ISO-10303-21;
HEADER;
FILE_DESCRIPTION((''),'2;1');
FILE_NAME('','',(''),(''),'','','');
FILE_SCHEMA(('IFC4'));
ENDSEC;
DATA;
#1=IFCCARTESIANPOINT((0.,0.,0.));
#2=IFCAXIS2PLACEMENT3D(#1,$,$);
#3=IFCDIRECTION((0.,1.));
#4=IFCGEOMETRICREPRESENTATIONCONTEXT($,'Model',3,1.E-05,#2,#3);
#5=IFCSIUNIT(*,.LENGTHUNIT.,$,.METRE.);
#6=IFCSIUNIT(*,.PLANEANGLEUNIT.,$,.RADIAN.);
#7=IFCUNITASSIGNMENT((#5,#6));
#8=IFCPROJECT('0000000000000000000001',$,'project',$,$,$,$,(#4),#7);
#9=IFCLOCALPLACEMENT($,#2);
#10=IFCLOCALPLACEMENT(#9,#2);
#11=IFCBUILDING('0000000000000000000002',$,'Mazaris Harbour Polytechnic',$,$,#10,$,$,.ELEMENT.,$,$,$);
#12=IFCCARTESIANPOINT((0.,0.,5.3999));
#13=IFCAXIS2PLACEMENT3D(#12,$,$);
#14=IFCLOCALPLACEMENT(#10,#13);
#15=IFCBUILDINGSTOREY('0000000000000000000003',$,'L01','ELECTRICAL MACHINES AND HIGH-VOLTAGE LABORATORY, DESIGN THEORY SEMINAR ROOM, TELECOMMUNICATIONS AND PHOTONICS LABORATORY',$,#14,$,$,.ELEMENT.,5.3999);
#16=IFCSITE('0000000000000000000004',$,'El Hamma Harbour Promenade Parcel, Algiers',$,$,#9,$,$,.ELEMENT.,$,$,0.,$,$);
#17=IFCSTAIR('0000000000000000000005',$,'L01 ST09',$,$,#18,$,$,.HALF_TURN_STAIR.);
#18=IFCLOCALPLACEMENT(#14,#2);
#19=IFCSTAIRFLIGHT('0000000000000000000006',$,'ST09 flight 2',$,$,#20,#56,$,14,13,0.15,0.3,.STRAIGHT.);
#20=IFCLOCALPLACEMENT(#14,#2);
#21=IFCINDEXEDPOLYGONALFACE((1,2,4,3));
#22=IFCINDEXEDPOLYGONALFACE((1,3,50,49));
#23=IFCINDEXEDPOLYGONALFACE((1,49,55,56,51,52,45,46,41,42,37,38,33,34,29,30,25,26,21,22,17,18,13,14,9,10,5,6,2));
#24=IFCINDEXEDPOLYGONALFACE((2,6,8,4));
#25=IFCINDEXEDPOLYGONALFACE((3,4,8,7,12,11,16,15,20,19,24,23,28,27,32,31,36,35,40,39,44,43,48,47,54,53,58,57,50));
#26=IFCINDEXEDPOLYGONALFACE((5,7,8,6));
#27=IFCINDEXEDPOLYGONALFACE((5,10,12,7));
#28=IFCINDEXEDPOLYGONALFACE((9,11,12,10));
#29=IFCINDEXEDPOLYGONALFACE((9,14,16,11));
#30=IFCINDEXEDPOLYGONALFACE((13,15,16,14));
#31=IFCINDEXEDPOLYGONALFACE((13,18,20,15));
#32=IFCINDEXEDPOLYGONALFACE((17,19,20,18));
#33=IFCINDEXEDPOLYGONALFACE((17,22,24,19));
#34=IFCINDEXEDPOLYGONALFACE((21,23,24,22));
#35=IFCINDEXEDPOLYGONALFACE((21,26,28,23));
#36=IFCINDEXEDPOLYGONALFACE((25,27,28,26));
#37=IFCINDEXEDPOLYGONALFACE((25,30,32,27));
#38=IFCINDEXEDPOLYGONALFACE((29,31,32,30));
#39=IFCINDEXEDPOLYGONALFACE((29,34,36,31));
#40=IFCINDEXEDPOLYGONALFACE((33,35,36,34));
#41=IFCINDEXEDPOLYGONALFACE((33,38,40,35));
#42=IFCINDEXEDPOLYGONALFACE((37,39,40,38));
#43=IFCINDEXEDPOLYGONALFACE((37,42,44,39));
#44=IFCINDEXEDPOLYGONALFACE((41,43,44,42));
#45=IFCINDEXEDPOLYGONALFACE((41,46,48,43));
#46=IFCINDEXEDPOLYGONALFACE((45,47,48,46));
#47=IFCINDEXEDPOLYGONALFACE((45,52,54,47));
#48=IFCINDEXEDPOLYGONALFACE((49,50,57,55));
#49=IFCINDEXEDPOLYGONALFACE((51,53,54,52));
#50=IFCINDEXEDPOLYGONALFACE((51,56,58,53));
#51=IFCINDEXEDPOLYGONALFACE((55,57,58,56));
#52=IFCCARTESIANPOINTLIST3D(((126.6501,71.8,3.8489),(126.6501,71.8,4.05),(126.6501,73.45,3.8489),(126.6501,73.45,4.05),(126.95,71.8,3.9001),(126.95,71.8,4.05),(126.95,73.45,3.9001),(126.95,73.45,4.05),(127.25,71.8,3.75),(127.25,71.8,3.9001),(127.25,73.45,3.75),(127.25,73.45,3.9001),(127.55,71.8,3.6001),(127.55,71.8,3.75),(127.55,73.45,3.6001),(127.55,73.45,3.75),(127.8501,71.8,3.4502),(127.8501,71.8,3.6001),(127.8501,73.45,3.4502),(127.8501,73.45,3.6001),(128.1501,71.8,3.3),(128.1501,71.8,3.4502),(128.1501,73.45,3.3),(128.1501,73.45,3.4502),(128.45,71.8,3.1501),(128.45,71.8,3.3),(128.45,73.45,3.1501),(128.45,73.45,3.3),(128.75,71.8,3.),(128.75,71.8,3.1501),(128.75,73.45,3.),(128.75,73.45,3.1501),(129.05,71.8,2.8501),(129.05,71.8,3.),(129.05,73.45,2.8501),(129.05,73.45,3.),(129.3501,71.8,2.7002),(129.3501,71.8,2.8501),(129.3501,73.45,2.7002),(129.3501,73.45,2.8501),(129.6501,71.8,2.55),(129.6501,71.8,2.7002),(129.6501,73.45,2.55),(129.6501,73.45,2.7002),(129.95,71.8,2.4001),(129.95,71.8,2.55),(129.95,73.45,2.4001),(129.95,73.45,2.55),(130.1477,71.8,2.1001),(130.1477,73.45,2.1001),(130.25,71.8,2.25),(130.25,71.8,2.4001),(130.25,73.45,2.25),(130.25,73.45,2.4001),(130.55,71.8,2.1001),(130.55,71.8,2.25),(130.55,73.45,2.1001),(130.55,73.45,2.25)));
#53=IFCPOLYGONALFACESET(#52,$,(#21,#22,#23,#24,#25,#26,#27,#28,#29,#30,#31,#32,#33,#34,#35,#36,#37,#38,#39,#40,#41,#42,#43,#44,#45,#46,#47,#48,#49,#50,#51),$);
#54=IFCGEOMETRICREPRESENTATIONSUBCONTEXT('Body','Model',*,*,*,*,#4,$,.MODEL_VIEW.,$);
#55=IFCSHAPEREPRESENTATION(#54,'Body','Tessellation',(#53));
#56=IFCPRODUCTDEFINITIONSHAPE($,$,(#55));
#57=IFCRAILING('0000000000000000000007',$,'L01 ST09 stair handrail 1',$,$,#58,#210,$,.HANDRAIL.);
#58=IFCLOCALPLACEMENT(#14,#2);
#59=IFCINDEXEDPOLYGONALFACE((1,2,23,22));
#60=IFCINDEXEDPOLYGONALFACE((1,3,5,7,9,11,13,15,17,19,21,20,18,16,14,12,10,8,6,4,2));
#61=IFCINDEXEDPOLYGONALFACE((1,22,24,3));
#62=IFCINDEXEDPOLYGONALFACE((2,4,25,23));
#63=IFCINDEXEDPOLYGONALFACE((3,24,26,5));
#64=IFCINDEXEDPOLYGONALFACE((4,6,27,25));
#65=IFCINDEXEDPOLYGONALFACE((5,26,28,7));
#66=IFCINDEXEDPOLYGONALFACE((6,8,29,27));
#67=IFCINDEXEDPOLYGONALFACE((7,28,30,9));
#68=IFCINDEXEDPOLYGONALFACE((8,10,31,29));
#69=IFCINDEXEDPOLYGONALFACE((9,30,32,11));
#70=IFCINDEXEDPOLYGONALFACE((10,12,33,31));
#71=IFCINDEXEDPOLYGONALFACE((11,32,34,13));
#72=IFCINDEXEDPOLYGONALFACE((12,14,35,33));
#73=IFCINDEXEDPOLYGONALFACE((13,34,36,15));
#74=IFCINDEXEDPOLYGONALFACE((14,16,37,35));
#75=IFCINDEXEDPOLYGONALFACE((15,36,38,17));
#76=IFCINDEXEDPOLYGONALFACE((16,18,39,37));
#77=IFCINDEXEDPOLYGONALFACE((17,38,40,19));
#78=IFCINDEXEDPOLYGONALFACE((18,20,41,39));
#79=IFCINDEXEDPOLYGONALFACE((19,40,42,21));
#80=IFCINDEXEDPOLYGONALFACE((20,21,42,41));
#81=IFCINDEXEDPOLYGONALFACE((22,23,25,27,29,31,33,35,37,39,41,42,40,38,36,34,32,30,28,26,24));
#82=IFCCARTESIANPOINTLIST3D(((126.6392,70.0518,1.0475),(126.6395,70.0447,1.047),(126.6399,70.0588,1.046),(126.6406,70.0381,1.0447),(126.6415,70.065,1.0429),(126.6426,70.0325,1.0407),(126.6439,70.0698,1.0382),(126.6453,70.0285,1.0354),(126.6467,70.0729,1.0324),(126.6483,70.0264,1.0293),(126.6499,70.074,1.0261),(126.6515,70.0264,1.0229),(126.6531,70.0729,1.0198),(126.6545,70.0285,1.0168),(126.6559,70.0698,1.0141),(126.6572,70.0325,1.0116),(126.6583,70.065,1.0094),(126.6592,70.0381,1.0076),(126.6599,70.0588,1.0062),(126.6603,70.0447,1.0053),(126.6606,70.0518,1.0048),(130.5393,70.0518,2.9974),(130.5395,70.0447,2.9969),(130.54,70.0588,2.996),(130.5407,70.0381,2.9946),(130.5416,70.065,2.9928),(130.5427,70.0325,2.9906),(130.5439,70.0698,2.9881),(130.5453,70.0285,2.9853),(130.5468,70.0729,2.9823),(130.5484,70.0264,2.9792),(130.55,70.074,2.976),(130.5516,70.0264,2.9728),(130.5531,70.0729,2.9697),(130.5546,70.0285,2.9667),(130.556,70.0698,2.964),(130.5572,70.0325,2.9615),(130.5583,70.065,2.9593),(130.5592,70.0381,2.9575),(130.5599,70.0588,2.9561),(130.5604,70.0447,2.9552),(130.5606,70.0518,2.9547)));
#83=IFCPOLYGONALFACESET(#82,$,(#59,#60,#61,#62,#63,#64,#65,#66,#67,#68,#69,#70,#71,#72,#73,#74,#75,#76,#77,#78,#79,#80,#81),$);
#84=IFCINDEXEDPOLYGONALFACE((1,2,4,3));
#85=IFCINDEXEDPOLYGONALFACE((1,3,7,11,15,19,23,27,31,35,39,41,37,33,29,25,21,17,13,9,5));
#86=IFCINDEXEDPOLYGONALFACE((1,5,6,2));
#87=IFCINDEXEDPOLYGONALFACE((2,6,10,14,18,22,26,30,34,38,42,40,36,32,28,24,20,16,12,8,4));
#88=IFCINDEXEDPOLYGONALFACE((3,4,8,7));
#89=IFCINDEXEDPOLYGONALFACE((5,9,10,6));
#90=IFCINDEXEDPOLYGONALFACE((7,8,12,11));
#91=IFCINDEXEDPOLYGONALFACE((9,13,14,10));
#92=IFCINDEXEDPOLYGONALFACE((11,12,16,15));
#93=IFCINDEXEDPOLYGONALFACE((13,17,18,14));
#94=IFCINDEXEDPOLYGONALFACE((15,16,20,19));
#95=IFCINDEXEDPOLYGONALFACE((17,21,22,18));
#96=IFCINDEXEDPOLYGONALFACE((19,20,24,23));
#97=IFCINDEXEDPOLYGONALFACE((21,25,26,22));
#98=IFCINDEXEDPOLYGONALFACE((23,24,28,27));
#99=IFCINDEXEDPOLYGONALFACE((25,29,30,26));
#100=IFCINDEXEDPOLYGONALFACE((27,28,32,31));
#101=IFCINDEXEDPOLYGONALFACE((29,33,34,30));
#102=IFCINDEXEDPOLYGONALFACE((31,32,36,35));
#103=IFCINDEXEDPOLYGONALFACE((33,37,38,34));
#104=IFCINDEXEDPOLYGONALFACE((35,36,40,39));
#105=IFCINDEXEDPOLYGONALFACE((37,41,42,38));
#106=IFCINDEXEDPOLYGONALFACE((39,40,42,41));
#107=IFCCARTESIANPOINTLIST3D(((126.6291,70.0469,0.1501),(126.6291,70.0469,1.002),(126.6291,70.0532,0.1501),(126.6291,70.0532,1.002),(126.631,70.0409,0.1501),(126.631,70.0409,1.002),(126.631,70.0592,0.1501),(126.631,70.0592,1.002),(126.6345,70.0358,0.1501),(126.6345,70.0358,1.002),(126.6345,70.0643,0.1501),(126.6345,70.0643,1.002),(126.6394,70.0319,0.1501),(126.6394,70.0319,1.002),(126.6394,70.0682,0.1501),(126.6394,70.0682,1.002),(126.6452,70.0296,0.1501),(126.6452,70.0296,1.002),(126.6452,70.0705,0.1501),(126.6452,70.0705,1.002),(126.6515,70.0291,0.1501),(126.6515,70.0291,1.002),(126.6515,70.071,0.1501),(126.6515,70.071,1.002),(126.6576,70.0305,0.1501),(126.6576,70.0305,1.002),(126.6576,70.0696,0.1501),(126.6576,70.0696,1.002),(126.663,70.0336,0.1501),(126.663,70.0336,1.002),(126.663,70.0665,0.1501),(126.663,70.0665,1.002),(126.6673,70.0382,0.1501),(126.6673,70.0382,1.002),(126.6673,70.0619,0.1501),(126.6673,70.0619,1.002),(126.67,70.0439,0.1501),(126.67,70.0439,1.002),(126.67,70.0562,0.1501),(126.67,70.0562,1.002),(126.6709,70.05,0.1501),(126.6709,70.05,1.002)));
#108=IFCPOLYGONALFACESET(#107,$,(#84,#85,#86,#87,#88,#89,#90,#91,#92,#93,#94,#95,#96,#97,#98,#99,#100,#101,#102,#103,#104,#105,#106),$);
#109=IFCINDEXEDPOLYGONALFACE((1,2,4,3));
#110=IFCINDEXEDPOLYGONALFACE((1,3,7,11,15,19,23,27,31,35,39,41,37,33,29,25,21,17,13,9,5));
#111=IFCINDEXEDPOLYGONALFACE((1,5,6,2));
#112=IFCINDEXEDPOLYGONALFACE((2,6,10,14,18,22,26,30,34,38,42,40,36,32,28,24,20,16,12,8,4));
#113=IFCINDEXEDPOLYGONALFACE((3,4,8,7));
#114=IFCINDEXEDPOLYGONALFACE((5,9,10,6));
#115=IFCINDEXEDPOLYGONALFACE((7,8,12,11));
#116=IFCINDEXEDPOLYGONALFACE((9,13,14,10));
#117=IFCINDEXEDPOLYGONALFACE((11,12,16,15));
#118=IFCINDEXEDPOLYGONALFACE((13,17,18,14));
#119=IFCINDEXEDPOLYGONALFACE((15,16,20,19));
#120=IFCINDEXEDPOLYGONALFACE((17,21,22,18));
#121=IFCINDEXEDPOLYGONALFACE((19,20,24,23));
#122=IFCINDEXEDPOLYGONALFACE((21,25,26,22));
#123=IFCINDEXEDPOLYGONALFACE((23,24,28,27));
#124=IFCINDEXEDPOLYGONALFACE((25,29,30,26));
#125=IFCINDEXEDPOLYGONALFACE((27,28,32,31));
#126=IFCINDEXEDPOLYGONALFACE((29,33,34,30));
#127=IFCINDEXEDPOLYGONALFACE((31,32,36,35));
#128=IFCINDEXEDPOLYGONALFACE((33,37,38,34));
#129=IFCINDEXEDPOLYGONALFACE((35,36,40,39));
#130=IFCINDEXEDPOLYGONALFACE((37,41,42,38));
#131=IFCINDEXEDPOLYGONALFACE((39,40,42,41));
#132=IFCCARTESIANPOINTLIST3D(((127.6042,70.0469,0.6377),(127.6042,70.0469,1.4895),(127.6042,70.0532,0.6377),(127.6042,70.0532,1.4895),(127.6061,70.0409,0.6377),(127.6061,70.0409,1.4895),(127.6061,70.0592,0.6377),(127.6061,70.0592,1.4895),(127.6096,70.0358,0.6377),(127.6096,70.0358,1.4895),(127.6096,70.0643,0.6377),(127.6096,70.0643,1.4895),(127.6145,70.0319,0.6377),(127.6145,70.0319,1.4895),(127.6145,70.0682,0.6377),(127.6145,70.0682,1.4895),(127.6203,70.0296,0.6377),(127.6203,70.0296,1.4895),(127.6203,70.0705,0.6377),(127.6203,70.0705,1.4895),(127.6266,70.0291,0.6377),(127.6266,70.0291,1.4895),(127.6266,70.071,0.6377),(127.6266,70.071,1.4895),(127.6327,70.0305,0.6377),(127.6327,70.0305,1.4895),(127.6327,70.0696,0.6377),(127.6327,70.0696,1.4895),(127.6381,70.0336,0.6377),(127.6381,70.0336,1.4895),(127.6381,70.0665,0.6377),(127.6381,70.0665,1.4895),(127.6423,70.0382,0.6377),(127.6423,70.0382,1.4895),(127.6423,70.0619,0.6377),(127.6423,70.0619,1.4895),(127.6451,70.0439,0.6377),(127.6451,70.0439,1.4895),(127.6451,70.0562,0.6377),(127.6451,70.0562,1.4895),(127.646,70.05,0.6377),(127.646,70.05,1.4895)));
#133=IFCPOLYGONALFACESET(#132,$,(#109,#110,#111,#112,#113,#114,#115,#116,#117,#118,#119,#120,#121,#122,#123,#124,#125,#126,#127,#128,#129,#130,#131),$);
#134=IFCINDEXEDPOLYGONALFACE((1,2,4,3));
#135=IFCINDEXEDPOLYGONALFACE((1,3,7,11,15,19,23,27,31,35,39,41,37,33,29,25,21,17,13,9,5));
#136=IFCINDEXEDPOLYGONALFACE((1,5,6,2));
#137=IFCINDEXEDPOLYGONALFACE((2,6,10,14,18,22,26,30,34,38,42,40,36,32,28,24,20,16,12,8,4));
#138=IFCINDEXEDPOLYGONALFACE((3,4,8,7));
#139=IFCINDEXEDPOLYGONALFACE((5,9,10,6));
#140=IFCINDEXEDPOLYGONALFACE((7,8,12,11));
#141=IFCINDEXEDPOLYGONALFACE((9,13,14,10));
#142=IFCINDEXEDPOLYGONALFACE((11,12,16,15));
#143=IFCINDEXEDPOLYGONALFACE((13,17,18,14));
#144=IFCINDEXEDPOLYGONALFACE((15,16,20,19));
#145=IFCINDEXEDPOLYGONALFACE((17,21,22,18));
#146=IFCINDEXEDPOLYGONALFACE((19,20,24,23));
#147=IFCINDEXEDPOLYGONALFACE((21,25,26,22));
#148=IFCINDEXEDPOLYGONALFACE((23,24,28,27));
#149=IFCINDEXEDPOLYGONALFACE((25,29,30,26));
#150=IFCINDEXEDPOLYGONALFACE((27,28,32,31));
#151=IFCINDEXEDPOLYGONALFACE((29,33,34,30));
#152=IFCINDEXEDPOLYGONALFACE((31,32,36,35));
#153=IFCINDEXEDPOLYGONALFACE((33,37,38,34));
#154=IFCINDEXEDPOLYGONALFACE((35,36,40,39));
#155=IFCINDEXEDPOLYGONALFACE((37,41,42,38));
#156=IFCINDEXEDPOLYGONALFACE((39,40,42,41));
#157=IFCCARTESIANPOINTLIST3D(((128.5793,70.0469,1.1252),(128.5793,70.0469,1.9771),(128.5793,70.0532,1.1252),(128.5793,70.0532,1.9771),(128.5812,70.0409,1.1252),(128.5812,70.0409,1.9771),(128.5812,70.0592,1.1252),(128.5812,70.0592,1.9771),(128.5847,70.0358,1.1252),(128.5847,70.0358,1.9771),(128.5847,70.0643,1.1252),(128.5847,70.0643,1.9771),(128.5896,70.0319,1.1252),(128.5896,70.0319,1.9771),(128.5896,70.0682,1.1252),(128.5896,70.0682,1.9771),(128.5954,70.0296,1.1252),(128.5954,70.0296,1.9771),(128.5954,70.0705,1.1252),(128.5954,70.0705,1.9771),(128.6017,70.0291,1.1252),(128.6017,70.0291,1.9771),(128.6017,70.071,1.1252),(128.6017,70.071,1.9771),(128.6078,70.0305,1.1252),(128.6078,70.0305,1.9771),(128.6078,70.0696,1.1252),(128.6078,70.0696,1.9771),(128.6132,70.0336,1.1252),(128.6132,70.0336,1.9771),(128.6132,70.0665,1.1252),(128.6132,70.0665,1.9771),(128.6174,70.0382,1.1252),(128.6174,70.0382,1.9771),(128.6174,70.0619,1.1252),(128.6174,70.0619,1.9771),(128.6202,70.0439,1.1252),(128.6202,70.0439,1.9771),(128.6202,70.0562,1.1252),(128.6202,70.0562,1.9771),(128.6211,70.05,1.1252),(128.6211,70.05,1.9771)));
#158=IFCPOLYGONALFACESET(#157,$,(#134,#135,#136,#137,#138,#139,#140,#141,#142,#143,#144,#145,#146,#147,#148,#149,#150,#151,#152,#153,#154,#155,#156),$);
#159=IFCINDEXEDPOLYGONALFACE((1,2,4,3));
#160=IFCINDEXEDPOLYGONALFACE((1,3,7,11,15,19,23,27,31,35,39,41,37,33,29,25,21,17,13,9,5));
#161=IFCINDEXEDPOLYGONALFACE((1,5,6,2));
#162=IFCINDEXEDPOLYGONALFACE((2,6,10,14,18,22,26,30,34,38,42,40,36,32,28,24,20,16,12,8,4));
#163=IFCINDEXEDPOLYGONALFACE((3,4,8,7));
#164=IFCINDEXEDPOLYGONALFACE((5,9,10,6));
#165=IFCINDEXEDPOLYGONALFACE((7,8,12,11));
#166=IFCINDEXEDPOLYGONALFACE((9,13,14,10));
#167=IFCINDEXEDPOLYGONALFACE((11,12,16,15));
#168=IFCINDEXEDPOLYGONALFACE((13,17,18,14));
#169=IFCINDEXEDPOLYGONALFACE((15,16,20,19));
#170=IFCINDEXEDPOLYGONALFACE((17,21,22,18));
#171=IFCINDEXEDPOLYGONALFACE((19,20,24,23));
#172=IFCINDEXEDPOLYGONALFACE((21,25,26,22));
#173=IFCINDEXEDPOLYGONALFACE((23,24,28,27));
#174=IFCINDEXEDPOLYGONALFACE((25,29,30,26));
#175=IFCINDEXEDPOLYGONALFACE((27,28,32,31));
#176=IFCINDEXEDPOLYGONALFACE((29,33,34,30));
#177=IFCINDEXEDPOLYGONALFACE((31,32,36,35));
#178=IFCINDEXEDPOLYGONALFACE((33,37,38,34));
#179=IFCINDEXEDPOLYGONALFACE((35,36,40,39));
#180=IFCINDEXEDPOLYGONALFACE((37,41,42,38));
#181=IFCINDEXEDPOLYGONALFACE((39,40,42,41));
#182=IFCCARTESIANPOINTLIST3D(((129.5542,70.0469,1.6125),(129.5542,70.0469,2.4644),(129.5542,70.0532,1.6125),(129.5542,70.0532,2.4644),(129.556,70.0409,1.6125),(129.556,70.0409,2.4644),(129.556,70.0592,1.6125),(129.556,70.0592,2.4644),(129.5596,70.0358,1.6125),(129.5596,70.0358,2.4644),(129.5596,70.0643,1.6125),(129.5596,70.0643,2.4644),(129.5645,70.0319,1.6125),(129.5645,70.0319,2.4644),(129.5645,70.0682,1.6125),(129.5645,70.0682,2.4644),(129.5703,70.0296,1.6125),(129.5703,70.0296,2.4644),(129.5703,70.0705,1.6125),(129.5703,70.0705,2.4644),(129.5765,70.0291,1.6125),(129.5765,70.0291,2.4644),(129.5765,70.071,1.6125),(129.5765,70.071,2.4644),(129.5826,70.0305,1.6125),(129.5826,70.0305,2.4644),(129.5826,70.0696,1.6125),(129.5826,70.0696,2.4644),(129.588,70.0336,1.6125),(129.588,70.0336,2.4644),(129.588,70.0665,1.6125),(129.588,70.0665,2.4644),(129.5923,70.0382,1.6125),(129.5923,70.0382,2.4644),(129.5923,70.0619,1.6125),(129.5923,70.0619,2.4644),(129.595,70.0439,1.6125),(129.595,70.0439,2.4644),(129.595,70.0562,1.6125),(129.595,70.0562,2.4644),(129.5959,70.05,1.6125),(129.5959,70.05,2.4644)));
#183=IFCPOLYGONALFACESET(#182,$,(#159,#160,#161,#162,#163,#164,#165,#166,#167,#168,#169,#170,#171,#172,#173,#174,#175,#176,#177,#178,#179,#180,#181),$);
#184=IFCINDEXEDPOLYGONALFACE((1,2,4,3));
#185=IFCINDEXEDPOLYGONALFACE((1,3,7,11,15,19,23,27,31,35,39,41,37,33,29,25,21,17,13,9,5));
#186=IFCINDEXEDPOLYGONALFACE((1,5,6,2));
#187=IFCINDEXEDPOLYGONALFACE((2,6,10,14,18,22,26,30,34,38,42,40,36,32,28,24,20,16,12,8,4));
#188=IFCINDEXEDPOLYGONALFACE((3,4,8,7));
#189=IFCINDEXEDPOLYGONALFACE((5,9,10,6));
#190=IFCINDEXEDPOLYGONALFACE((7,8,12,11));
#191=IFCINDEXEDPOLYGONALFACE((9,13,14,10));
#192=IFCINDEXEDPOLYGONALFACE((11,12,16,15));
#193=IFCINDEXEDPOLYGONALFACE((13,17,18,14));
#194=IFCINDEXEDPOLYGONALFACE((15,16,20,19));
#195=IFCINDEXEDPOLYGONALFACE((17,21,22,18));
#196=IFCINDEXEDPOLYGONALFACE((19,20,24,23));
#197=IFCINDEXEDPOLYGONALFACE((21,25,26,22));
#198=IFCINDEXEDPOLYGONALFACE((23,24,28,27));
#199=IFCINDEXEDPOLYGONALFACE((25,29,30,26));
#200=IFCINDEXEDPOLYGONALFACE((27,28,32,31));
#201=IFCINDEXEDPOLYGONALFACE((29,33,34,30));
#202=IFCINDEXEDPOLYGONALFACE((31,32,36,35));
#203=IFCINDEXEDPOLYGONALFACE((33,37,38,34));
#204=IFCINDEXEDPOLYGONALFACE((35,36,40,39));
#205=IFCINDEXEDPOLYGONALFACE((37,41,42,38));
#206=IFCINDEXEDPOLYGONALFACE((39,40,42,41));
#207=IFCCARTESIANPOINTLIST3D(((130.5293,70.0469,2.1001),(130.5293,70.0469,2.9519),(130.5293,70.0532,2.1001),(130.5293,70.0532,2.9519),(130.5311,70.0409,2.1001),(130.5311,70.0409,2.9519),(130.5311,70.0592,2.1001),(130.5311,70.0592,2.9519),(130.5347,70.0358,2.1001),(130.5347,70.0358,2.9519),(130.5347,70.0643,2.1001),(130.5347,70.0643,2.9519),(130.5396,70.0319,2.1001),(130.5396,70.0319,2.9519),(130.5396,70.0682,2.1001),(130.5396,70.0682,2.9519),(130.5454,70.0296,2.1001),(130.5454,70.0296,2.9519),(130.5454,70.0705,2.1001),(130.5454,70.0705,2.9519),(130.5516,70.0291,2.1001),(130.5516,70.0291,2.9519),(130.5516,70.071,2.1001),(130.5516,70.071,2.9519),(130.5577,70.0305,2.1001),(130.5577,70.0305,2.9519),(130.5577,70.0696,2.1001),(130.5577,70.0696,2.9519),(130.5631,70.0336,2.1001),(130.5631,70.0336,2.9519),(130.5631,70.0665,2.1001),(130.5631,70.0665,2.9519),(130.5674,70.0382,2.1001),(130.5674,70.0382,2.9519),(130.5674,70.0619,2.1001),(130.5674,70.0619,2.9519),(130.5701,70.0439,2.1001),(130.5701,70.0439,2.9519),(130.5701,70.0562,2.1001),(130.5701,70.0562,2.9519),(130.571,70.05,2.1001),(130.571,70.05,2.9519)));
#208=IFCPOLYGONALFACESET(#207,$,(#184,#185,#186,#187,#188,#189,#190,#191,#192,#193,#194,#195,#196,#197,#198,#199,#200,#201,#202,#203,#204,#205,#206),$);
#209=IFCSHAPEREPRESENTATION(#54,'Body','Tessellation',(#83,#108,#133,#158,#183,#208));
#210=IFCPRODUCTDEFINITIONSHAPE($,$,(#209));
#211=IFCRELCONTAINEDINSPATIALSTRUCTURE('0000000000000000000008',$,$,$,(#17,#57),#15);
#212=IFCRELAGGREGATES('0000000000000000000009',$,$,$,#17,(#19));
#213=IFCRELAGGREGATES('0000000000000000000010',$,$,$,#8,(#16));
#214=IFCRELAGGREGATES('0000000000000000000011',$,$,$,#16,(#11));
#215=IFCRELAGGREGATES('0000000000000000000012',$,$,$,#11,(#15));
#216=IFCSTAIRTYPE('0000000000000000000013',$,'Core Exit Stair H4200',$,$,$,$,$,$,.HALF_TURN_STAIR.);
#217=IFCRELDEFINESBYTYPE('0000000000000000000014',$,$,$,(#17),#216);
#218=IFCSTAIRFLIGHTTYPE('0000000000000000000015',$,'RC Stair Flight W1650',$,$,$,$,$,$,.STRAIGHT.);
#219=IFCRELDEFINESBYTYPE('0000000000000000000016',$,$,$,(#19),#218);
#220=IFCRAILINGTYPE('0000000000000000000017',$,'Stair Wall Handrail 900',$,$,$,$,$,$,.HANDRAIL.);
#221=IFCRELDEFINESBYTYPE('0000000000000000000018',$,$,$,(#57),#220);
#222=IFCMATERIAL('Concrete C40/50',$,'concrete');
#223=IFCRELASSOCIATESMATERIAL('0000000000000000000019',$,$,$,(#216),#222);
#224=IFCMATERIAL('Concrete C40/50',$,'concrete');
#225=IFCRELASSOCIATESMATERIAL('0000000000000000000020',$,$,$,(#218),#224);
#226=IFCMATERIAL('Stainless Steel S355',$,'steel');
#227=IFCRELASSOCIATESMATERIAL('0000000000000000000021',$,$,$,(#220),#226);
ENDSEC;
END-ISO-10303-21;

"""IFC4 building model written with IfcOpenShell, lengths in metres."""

from ifc_helpers import new_model, si_unit, direction, frame, origin, origin_2d, place, context, subcontext, project, spatial, polyline, circle, outline, extrude, material, type_object, element, aggregate, save


model = new_model("IFC4")

# Units and contexts
model_context = context("Model", 3, precision=1e-05, world=origin(), true_north=direction((0.0, 1.0)))
body_context = subcontext(model_context, "Body", "Model", "MODEL_VIEW")
ifc_project = project(units=[si_unit("LENGTHUNIT", "METRE"), si_unit("PLANEANGLEUNIT", "RADIAN")], contexts=[model_context])

# Site, building, storey
site_placement = place(None, origin())
site = spatial("IfcSite", under=ifc_project, at=site_placement, Name="El Hamma Harbour Promenade Parcel, Algiers", CompositionType="ELEMENT", RefElevation=0.0)
building_placement = place(site_placement, origin())
building = spatial("IfcBuilding", under=site, at=building_placement, Name="Mazaris Harbour Polytechnic", CompositionType="ELEMENT")
storey_placement = place(building_placement, frame((0.0, 0.0, 5.3999)))
storey = spatial("IfcBuildingStorey", under=building, at=storey_placement, Name="L01", Description="ELECTRICAL MACHINES AND HIGH-VOLTAGE LABORATORY, DESIGN THEORY SEMINAR ROOM, TELECOMMUNICATIONS AND PHOTONICS LABORATORY", CompositionType="ELEMENT", Elevation=5.3999)

# Stair, stair flight
ifc_material_1 = material(Name="Concrete C40/50", Category="concrete")
stair_type = type_object("IfcStairType", Name="Core Exit Stair H4200", PredefinedType="HALF_TURN_STAIR", material=ifc_material_1)
stair_placement = place(storey_placement, origin())
stair = element("IfcStair", 1, at=stair_placement, inside=storey, type_object=stair_type, Name="L01 ST09", PredefinedType="HALF_TURN_STAIR")
ifc_material_2 = material(Name="Concrete C40/50", Category="concrete")
stair_flight_type = type_object("IfcStairFlightType", Name="RC Stair Flight W1650", PredefinedType="STRAIGHT", material=ifc_material_2)
stair_flight_1_placement = place(storey_placement, frame((130.55, 72.625, 2.1001), z_axis=(0.0, 0.0, 1.0), x_axis=(-1.0, 0.0, 0.0)))
stair_flight_1 = element("IfcStairFlight", 2, at=stair_flight_1_placement, type_object=stair_flight_type, Name="ST09 flight 2", NumberOfRisers=14, NumberOfTreads=13, PredefinedType="STRAIGHT", RiserHeight=0.15, TreadLength=0.3, context=body_context, shape_type="SweptSolid", body=[
    extrude(outline(polyline([(0.0, 0.0), (0.0, 0.1499), (0.3, 0.1499), (0.3, 0.3), (0.6001, 0.3), (0.6001, 0.45), (0.8999, 0.45), (0.8999, 0.6001), (1.2, 0.6001), (1.2, 0.75), (1.5, 0.75), (1.5, 0.8999), (1.8, 0.8999), (1.8, 1.05), (2.1001, 1.05), (2.1001, 1.2), (2.3999, 1.2), (2.3999, 1.3501), (2.7, 1.3501), (2.7, 1.5), (3.0, 1.5), (3.0, 1.6499), (3.3, 1.6499), (3.3, 1.8), (3.6001, 1.8), (3.6001, 1.95), (3.8999, 1.95), (3.8999, 2.1001), (3.8999, 1.7488), (0.4023, 0.0), (0.0, 0.0)])), frame((0.0, 0.825, 0.0), z_axis=(0.0, -1.0, 0.0), x_axis=(1.0, 0.0, 0.0)), (0.0, 0.0, 1.0), 1.6499),
])
aggregate(stair, [stair_flight_1])

# Railing
ifc_material_3 = material(Name="Stainless Steel S355", Category="steel")
railing_type_1 = type_object("IfcRailingType", Name="Stair Wall Handrail 900", PredefinedType="HANDRAIL", material=ifc_material_3)
railing_1_placement = place(storey_placement, frame((126.6499, 70.05, 0.1501)))
element("IfcRailing", 3, at=railing_1_placement, inside=storey, type_object=railing_type_1, Name="L01 ST09 stair handrail 1", PredefinedType="HANDRAIL", context=body_context, shape_type="SweptSolid", body=[
    extrude(circle(Radius=0.0239, at=origin_2d()), frame((0.0, 0.0, 0.876), z_axis=(0.894438, 0.0, 0.447191), x_axis=(0.0, 1.0, 0.0)), (0.0, 0.0, 1.0), 4.3604),
    extrude(circle(Radius=0.021, at=origin_2d()), origin(), (0.0, 0.0, 1.0), 0.8518),
    extrude(circle(Radius=0.021, at=origin_2d()), frame((0.9751, 0.0, 0.4875)), (0.0, 0.0, 1.0), 0.8518),
    extrude(circle(Radius=0.021, at=origin_2d()), frame((1.9502, 0.0, 0.9751)), (0.0, 0.0, 1.0), 0.8518),
    extrude(circle(Radius=0.021, at=origin_2d()), frame((2.925, 0.0, 1.4624)), (0.0, 0.0, 1.0), 0.8518),
    extrude(circle(Radius=0.021, at=origin_2d()), frame((3.9001, 0.0, 1.95)), (0.0, 0.0, 1.0), 0.8518),
])

save(model, "model.ifc")
